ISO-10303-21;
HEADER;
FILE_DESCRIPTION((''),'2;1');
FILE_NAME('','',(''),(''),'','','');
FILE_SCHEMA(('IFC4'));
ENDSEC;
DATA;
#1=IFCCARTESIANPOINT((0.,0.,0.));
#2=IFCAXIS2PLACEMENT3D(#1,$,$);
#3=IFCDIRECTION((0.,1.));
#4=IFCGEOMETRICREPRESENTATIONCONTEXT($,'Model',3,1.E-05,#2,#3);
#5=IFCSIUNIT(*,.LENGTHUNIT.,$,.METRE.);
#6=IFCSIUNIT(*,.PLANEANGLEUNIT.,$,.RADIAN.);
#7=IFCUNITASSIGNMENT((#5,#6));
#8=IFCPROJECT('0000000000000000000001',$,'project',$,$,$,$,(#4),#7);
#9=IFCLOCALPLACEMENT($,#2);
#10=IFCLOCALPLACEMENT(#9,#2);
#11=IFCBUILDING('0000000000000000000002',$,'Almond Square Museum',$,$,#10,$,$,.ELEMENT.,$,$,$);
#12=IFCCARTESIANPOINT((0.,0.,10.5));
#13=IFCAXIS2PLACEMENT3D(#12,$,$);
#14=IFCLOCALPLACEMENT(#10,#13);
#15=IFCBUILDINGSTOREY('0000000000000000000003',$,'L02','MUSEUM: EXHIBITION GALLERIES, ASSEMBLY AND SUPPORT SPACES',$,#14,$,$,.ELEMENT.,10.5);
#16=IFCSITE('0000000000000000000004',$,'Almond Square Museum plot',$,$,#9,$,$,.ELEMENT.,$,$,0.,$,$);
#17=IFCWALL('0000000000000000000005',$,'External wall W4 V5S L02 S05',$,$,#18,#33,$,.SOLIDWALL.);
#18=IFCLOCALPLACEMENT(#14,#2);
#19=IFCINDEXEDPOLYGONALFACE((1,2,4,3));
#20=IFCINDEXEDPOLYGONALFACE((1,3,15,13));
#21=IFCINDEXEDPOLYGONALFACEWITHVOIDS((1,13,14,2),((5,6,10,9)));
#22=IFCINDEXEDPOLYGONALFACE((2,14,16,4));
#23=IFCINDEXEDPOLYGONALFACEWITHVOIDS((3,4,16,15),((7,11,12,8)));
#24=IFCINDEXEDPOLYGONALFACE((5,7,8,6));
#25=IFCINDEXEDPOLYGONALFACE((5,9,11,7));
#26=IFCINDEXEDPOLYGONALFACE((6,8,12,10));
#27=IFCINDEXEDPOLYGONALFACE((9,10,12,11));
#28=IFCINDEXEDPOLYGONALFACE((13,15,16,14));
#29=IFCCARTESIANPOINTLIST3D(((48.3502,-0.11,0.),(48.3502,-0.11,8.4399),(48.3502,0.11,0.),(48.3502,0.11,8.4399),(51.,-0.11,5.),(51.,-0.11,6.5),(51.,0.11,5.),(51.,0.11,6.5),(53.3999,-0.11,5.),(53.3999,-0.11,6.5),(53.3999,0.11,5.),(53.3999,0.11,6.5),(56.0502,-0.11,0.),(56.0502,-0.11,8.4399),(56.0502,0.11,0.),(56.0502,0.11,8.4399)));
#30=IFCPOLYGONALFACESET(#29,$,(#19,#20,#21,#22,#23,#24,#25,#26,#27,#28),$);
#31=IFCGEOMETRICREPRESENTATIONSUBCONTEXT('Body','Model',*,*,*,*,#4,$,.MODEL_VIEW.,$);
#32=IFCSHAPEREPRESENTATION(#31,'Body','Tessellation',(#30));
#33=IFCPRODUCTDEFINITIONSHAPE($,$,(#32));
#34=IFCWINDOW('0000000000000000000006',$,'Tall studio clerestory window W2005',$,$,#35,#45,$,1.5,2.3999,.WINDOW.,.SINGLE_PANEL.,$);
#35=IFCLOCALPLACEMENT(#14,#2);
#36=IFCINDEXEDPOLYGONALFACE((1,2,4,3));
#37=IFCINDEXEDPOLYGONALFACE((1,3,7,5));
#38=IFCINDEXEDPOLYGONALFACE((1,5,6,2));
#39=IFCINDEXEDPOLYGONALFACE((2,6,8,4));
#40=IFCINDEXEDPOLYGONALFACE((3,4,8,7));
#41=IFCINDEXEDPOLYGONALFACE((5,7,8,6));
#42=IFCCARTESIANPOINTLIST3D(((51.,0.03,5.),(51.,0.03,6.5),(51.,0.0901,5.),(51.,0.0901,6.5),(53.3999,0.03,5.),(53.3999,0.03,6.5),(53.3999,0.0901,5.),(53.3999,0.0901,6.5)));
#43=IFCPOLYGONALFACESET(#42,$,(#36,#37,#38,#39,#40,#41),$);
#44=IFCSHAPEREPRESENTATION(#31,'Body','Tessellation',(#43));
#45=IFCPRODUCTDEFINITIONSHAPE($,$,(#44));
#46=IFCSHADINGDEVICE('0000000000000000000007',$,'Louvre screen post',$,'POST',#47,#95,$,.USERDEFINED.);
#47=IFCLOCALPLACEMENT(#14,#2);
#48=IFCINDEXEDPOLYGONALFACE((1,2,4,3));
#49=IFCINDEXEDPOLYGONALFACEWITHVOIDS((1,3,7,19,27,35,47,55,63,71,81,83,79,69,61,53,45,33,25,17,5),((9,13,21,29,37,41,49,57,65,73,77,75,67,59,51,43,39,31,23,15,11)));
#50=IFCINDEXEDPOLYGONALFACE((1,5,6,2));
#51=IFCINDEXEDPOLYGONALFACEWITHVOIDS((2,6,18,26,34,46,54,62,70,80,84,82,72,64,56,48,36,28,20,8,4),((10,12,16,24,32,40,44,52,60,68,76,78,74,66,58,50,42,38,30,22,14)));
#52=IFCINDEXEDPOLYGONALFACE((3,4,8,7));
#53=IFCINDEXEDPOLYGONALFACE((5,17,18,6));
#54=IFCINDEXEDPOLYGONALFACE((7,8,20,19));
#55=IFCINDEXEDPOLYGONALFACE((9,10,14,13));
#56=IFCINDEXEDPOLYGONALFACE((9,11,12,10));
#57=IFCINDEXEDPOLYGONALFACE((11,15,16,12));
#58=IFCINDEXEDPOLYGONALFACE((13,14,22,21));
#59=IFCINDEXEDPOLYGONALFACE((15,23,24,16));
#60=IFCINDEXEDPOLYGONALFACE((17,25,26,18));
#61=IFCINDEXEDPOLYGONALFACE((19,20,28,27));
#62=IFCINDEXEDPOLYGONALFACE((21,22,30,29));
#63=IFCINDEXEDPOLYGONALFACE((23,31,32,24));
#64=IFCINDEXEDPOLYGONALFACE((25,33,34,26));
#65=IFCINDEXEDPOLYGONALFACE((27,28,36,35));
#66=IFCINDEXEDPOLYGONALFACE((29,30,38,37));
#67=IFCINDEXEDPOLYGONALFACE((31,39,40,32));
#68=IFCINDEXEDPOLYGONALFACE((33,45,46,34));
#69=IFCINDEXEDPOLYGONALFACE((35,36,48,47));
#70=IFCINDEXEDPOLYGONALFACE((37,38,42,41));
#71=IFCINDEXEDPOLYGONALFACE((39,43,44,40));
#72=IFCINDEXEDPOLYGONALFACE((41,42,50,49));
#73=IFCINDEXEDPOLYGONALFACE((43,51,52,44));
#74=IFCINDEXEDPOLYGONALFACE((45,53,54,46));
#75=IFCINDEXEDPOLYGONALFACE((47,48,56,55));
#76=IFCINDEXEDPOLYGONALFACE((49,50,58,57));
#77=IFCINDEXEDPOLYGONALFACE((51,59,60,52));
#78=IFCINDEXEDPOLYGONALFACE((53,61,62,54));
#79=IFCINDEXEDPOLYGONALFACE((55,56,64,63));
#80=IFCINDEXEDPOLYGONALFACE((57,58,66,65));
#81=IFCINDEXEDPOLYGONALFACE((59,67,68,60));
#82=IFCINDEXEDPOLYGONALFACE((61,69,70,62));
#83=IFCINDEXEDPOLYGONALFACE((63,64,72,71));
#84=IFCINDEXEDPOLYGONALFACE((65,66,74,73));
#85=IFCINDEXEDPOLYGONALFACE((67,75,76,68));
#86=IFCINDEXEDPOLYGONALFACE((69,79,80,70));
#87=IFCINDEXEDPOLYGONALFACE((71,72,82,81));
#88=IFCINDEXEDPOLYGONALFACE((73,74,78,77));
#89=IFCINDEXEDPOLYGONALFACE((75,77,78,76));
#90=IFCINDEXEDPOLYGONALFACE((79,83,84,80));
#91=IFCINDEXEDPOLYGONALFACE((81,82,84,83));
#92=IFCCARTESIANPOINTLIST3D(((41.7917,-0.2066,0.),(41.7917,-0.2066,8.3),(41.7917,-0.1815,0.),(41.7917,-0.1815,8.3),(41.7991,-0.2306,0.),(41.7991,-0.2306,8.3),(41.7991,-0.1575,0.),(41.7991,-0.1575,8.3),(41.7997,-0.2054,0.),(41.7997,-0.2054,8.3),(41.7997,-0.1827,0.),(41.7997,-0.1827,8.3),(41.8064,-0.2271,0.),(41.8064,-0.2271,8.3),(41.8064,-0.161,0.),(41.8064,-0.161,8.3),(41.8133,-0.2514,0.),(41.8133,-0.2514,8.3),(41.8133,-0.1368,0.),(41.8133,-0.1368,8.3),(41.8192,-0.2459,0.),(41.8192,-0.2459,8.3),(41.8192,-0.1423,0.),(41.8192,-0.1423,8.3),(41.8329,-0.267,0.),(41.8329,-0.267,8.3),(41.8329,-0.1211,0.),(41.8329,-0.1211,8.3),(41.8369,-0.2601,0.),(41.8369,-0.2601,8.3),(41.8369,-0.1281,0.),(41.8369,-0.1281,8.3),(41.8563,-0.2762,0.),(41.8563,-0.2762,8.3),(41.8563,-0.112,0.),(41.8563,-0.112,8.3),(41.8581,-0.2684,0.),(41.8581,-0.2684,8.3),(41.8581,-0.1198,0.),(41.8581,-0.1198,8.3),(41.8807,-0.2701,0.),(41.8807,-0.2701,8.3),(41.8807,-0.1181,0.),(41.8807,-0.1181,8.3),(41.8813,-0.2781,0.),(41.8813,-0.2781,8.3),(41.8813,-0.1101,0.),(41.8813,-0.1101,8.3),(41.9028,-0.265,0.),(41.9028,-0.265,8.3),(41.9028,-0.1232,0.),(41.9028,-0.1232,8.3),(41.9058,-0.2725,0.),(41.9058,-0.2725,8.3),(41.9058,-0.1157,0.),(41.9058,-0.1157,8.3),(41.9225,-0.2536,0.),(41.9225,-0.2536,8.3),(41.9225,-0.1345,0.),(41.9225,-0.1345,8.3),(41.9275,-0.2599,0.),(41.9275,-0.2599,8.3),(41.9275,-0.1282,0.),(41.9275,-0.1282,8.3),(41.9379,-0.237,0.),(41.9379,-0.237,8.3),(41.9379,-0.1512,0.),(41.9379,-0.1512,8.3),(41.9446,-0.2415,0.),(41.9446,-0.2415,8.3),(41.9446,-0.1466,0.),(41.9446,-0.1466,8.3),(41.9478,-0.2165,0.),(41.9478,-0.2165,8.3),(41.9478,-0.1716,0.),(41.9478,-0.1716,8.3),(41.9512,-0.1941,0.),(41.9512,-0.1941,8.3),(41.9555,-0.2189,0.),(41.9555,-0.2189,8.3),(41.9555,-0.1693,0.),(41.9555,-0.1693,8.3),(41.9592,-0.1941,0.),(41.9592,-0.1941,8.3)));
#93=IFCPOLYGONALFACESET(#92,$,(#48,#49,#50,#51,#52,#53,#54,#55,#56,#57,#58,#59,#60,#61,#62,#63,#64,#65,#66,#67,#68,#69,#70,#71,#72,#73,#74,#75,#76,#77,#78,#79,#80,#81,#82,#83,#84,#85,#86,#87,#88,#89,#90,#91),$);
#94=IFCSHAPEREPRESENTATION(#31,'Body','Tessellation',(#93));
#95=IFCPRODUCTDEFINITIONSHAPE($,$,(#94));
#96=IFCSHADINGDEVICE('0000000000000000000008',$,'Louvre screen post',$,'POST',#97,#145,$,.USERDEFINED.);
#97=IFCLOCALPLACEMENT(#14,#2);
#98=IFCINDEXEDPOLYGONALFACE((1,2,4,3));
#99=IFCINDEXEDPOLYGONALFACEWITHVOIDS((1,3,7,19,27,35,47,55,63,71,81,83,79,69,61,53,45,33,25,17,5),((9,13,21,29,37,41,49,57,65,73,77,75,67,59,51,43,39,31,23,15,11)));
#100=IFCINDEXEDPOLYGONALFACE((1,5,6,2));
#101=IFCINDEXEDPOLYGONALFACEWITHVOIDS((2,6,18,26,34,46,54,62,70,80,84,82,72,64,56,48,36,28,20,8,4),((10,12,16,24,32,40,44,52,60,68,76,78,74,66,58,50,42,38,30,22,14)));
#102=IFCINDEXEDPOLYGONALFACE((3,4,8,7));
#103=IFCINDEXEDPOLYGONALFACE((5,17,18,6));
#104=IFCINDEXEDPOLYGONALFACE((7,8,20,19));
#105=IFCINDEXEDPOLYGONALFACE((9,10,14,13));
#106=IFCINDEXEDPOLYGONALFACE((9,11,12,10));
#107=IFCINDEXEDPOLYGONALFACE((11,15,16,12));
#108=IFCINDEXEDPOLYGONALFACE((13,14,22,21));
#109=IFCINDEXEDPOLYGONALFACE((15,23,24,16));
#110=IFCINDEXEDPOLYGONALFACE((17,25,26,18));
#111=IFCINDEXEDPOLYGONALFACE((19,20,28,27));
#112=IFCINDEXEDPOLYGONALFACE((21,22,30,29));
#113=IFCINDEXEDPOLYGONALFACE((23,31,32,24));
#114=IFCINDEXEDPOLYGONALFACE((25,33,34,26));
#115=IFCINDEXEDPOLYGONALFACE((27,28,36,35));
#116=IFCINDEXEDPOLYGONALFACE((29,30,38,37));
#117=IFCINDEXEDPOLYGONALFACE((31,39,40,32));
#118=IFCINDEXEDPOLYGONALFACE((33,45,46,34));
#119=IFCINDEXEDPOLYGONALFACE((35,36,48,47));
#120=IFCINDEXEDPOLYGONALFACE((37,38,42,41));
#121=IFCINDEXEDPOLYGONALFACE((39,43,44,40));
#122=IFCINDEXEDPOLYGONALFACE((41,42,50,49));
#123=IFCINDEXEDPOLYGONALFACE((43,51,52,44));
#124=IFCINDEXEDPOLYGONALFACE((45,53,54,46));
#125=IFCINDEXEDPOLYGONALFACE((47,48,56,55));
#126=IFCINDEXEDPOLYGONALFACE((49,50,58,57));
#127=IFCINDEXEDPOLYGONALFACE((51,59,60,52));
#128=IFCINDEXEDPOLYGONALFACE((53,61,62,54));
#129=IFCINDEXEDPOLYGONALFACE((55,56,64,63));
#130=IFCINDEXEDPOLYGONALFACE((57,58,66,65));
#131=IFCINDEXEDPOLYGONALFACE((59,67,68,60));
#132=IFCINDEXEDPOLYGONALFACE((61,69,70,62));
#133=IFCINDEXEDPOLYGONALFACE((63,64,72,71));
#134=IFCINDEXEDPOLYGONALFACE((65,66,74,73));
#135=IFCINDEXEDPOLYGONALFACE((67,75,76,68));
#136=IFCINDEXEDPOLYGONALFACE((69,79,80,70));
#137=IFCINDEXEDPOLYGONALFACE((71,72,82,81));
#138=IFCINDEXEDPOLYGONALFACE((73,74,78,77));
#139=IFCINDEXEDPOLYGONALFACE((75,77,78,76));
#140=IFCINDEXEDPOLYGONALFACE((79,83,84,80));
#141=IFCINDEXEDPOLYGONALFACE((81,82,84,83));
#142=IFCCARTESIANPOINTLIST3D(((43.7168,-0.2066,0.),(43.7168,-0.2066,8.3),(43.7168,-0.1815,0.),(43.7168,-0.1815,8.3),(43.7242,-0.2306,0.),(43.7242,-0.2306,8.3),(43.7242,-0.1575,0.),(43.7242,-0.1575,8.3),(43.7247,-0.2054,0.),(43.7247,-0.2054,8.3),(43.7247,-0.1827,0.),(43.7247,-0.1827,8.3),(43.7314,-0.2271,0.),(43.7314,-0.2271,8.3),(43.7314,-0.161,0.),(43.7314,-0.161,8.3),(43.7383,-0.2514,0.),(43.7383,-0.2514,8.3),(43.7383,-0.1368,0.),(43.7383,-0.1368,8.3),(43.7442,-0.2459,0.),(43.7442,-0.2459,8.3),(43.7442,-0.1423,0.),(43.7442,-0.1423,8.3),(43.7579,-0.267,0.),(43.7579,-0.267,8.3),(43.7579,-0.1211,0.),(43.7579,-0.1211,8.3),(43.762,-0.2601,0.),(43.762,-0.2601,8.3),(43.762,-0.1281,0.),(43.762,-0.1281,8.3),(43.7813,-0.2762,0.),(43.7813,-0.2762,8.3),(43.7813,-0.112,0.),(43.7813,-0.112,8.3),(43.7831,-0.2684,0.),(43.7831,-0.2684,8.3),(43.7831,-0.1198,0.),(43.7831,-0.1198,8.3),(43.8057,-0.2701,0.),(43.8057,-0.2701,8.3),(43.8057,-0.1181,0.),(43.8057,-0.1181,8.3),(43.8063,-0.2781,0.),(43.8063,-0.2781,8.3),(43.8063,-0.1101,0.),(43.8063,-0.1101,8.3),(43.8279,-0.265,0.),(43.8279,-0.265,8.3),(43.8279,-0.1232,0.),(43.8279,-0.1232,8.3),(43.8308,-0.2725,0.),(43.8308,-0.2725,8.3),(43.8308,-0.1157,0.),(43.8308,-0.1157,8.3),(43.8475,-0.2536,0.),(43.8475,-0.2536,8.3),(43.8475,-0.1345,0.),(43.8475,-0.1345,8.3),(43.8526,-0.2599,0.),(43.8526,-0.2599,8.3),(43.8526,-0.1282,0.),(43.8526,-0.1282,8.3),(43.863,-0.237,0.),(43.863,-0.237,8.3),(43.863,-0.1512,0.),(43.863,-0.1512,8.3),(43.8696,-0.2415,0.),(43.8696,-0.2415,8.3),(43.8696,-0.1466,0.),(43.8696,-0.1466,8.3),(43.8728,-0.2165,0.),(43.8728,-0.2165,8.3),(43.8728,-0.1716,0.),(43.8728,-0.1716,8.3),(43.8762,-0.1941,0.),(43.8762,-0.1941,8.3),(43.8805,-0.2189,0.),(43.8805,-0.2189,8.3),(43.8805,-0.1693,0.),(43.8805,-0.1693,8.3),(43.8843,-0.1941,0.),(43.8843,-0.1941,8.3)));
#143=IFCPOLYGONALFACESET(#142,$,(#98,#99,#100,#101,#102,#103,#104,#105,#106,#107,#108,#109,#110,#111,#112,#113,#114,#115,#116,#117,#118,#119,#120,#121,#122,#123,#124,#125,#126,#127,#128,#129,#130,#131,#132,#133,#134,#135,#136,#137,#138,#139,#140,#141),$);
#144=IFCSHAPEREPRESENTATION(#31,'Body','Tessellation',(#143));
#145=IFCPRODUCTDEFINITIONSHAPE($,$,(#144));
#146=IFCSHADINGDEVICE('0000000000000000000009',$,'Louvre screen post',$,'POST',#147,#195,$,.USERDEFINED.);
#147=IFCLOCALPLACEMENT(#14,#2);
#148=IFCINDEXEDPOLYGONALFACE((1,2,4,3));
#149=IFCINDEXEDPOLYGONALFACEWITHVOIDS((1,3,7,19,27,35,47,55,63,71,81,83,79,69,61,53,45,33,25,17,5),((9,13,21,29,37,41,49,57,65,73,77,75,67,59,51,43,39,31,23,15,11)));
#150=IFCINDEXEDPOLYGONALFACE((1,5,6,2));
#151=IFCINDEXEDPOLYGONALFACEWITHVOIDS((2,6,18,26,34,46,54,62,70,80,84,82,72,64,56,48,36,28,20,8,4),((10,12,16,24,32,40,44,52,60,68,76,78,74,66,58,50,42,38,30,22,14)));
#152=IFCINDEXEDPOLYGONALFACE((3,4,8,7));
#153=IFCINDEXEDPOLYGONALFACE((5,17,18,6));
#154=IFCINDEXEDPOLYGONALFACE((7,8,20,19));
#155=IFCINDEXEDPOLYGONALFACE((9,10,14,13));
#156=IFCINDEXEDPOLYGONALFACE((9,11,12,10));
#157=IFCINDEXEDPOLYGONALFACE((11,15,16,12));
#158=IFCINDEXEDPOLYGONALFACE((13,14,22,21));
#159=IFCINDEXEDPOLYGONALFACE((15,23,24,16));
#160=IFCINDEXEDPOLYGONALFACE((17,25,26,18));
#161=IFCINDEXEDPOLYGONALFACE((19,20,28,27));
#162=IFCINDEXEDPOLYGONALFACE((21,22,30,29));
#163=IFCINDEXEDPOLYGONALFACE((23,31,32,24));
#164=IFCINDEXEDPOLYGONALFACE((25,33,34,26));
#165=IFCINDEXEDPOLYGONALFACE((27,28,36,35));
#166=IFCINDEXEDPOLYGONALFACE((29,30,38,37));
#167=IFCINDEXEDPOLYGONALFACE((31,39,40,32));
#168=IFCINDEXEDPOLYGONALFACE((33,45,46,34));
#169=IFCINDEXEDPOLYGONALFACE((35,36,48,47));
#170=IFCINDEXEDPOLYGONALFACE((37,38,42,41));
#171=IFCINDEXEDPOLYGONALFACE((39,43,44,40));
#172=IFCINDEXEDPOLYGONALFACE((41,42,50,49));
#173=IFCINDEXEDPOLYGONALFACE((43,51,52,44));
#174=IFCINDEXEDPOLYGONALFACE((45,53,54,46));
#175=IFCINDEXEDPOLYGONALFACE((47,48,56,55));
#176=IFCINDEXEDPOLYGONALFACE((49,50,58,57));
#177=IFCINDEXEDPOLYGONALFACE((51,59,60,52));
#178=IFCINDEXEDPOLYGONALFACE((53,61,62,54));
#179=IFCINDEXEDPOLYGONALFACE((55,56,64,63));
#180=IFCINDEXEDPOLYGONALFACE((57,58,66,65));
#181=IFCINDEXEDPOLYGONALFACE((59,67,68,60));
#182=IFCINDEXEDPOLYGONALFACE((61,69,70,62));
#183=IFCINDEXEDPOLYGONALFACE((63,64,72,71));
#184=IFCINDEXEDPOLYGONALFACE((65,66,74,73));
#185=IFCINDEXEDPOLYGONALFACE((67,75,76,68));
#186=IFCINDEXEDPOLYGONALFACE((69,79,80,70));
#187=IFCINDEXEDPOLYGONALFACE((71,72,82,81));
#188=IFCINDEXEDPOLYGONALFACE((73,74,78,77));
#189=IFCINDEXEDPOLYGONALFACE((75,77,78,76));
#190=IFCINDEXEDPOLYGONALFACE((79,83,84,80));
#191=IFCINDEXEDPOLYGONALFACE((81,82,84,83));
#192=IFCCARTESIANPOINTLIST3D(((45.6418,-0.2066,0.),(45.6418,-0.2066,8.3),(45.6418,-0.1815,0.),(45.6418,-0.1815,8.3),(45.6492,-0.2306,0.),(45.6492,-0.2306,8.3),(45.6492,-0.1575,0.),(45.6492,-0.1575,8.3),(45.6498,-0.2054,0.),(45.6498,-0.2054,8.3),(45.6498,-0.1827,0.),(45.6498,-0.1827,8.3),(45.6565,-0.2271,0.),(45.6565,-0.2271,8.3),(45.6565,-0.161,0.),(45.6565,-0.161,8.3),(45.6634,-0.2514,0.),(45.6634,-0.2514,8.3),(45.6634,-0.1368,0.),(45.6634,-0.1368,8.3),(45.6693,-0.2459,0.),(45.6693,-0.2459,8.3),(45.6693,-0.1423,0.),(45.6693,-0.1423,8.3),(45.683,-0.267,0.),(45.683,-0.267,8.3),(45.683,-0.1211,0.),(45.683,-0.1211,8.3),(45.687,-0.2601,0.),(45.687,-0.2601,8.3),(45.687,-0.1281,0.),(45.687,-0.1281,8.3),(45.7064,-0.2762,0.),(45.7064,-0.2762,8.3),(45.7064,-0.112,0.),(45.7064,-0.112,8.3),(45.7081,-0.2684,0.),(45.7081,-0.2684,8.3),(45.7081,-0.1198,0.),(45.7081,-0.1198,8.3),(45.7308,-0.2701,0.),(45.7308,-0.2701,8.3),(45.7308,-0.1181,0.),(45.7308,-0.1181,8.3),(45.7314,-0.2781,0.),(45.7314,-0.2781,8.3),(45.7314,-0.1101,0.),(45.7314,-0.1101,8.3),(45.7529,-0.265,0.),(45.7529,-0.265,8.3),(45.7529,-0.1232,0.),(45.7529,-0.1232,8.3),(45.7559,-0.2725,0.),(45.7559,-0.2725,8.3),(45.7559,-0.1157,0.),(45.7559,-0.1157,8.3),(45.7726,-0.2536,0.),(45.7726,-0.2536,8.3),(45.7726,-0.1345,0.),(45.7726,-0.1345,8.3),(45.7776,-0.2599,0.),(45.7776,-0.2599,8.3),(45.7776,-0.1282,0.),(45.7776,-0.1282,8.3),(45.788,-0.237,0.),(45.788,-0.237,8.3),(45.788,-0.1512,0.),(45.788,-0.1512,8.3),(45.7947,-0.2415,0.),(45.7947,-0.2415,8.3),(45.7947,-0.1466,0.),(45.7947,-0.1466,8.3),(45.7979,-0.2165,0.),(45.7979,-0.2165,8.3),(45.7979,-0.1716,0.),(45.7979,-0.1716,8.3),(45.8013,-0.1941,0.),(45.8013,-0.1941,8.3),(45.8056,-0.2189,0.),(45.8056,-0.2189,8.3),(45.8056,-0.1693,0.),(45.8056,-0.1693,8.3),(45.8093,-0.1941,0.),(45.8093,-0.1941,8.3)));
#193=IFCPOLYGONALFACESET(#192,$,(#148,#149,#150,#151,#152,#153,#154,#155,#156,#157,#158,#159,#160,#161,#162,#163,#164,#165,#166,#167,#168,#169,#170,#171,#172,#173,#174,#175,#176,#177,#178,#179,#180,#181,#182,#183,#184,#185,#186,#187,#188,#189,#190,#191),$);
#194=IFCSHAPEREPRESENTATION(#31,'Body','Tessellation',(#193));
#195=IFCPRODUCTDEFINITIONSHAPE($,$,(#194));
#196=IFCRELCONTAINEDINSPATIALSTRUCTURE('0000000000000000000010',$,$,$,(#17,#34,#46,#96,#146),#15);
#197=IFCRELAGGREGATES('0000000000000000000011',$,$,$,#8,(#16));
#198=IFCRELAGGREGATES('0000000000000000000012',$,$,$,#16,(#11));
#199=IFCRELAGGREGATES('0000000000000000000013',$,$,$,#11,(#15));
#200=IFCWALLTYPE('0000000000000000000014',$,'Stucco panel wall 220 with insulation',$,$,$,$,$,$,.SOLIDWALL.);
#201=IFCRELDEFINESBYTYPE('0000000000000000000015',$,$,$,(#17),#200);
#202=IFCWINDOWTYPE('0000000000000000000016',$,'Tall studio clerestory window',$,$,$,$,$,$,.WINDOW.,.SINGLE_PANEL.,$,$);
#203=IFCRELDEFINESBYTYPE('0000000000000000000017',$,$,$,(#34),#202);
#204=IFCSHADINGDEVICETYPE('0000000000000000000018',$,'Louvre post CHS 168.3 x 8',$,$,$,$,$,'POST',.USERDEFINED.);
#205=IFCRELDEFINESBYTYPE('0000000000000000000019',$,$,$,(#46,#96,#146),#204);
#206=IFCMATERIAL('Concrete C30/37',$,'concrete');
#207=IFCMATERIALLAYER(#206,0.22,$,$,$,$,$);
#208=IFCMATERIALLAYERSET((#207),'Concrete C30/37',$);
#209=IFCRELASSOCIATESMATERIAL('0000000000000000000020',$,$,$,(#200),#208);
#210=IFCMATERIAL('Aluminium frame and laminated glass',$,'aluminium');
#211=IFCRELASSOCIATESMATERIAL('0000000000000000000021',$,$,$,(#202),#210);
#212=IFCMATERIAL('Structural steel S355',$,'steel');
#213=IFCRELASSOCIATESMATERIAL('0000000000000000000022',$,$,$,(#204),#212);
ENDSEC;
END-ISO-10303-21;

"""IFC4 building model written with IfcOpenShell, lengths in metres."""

from ifc_helpers import new_model, si_unit, direction, frame, frame_2d, origin, origin_2d, place, context, subcontext, project, spatial, rectangle, hollow_circle, extrude, material, layer, layer_set, material_profile, profile_set, type_object, element, fill, save


model = new_model("IFC4")

# Units and contexts
model_context = context("Model", 3, precision=1e-05, world=origin(), true_north=direction((0.0, 1.0)))
body_context = subcontext(model_context, "Body", "Model", "MODEL_VIEW")
ifc_project = project(units=[si_unit("LENGTHUNIT", "METRE"), si_unit("PLANEANGLEUNIT", "RADIAN")], contexts=[model_context])

# Site, building, storey
site_placement = place(None, origin())
site = spatial("IfcSite", under=ifc_project, at=site_placement, Name="Almond Square Museum plot", CompositionType="ELEMENT", RefElevation=0.0)
building_placement = place(site_placement, origin())
building = spatial("IfcBuilding", under=site, at=building_placement, Name="Almond Square Museum", CompositionType="ELEMENT")
storey_placement = place(building_placement, frame((0.0, 0.0, 10.5)))
storey = spatial("IfcBuildingStorey", under=building, at=storey_placement, Name="L02", Description="MUSEUM: EXHIBITION GALLERIES, ASSEMBLY AND SUPPORT SPACES", CompositionType="ELEMENT", Elevation=10.5)

# Wall, opening, window
ifc_material_1 = material(Name="Concrete C30/37", Category="concrete")
ifc_layer_1 = layer(ifc_material_1, 0.22)
ifc_layer_set_1 = layer_set([ifc_layer_1], Name="Concrete C30/37")
wall_type_1 = type_object("IfcWallType", Name="Stucco panel wall 220 with insulation", PredefinedType="SOLIDWALL", material=ifc_layer_set_1)
wall_1_placement = place(storey_placement, frame((48.3501, 0.0, 0.0), z_axis=(0.0, 0.0, 1.0), x_axis=(1.0, 0.0, 0.0)))
wall_1 = element("IfcWall", 1, at=wall_1_placement, inside=storey, type_object=wall_type_1, Name="External wall W4 V5S L02 S05", PredefinedType="SOLIDWALL", context=body_context, shape_type="SweptSolid", body=[
    extrude(rectangle(XDim=7.7, YDim=0.22, at=frame_2d((3.8501, 0.0))), origin(), (0.0, 0.0, 1.0), 8.4399),
])
opening_1_placement = place(wall_1_placement, frame((2.6499, 0.0, 5.0)))
opening_1 = element("IfcOpeningElement", 2, at=opening_1_placement, cuts=wall_1, PredefinedType="OPENING", context=body_context, shape_type="SweptSolid", body=[
    extrude(rectangle(XDim=2.3999, YDim=1.5, at=frame_2d((1.2, 0.75))), frame((0.0, 0.1199, 0.0), z_axis=(0.0, -1.0, 0.0), x_axis=(1.0, 0.0, 0.0)), (0.0, 0.0, 1.0), 0.24),
])
ifc_material_2 = material(Name="Aluminium frame and laminated glass", Category="aluminium")
window_type = type_object("IfcWindowType", Name="Tall studio clerestory window", PartitioningType="SINGLE_PANEL", PredefinedType="WINDOW", material=ifc_material_2)
window_placement = place(opening_1_placement, origin())
window = element("IfcWindow", 3, at=window_placement, inside=storey, type_object=window_type, Name="Tall studio clerestory window W2005", OverallHeight=1.5, OverallWidth=2.3999, PartitioningType="SINGLE_PANEL", PredefinedType="WINDOW", context=body_context, shape_type="SweptSolid", body=[
    extrude(rectangle(XDim=2.3999, YDim=1.5, at=frame_2d((1.2, 0.75))), frame((0.0, 0.0901, 0.0), z_axis=(0.0, -1.0, 0.0), x_axis=(1.0, 0.0, 0.0)), (0.0, 0.0, 1.0), 0.0601),
])
fill(opening_1, window)

# Shading devices
ifc_material_3 = material(Name="Structural steel S355", Category="steel")
ifc_material_profile_1 = material_profile(ifc_material_3, hollow_circle(Radius=0.0842, WallThickness=0.0081, at=origin_2d()))
ifc_profile_set_1 = profile_set([ifc_material_profile_1], Name="Structural steel S355")
shading_device_type = type_object("IfcShadingDeviceType", Name="Louvre post CHS 168.3 x 8", ElementType="POST", PredefinedType="USERDEFINED", material=ifc_profile_set_1)
for number, where, z_axis, x_axis, name in (
    (4, (41.875, -0.1941, 0.0), (0.0, 0.0, 1.0), (1.0, 0.0, 0.0), "Louvre screen post"),
    (5, (43.8, -0.1941, 0.0), (0.0, 0.0, 1.0), (1.0, 0.0, 0.0), "Louvre screen post"),
    (6, (45.7251, -0.1941, 0.0), (0.0, 0.0, 1.0), (1.0, 0.0, 0.0), "Louvre screen post"),
):
    element("IfcShadingDevice", number, at=place(storey_placement, frame(where, z_axis=z_axis, x_axis=x_axis)), inside=storey, type_object=shading_device_type, Name=name, ObjectType="POST", PredefinedType="USERDEFINED", context=body_context, shape_type="SweptSolid", body=[
        extrude(hollow_circle(Radius=0.0842, WallThickness=0.0081, at=origin_2d()), origin(), (0.0, 0.0, 1.0), 8.3),
    ])

save(model, "model.ifc")
